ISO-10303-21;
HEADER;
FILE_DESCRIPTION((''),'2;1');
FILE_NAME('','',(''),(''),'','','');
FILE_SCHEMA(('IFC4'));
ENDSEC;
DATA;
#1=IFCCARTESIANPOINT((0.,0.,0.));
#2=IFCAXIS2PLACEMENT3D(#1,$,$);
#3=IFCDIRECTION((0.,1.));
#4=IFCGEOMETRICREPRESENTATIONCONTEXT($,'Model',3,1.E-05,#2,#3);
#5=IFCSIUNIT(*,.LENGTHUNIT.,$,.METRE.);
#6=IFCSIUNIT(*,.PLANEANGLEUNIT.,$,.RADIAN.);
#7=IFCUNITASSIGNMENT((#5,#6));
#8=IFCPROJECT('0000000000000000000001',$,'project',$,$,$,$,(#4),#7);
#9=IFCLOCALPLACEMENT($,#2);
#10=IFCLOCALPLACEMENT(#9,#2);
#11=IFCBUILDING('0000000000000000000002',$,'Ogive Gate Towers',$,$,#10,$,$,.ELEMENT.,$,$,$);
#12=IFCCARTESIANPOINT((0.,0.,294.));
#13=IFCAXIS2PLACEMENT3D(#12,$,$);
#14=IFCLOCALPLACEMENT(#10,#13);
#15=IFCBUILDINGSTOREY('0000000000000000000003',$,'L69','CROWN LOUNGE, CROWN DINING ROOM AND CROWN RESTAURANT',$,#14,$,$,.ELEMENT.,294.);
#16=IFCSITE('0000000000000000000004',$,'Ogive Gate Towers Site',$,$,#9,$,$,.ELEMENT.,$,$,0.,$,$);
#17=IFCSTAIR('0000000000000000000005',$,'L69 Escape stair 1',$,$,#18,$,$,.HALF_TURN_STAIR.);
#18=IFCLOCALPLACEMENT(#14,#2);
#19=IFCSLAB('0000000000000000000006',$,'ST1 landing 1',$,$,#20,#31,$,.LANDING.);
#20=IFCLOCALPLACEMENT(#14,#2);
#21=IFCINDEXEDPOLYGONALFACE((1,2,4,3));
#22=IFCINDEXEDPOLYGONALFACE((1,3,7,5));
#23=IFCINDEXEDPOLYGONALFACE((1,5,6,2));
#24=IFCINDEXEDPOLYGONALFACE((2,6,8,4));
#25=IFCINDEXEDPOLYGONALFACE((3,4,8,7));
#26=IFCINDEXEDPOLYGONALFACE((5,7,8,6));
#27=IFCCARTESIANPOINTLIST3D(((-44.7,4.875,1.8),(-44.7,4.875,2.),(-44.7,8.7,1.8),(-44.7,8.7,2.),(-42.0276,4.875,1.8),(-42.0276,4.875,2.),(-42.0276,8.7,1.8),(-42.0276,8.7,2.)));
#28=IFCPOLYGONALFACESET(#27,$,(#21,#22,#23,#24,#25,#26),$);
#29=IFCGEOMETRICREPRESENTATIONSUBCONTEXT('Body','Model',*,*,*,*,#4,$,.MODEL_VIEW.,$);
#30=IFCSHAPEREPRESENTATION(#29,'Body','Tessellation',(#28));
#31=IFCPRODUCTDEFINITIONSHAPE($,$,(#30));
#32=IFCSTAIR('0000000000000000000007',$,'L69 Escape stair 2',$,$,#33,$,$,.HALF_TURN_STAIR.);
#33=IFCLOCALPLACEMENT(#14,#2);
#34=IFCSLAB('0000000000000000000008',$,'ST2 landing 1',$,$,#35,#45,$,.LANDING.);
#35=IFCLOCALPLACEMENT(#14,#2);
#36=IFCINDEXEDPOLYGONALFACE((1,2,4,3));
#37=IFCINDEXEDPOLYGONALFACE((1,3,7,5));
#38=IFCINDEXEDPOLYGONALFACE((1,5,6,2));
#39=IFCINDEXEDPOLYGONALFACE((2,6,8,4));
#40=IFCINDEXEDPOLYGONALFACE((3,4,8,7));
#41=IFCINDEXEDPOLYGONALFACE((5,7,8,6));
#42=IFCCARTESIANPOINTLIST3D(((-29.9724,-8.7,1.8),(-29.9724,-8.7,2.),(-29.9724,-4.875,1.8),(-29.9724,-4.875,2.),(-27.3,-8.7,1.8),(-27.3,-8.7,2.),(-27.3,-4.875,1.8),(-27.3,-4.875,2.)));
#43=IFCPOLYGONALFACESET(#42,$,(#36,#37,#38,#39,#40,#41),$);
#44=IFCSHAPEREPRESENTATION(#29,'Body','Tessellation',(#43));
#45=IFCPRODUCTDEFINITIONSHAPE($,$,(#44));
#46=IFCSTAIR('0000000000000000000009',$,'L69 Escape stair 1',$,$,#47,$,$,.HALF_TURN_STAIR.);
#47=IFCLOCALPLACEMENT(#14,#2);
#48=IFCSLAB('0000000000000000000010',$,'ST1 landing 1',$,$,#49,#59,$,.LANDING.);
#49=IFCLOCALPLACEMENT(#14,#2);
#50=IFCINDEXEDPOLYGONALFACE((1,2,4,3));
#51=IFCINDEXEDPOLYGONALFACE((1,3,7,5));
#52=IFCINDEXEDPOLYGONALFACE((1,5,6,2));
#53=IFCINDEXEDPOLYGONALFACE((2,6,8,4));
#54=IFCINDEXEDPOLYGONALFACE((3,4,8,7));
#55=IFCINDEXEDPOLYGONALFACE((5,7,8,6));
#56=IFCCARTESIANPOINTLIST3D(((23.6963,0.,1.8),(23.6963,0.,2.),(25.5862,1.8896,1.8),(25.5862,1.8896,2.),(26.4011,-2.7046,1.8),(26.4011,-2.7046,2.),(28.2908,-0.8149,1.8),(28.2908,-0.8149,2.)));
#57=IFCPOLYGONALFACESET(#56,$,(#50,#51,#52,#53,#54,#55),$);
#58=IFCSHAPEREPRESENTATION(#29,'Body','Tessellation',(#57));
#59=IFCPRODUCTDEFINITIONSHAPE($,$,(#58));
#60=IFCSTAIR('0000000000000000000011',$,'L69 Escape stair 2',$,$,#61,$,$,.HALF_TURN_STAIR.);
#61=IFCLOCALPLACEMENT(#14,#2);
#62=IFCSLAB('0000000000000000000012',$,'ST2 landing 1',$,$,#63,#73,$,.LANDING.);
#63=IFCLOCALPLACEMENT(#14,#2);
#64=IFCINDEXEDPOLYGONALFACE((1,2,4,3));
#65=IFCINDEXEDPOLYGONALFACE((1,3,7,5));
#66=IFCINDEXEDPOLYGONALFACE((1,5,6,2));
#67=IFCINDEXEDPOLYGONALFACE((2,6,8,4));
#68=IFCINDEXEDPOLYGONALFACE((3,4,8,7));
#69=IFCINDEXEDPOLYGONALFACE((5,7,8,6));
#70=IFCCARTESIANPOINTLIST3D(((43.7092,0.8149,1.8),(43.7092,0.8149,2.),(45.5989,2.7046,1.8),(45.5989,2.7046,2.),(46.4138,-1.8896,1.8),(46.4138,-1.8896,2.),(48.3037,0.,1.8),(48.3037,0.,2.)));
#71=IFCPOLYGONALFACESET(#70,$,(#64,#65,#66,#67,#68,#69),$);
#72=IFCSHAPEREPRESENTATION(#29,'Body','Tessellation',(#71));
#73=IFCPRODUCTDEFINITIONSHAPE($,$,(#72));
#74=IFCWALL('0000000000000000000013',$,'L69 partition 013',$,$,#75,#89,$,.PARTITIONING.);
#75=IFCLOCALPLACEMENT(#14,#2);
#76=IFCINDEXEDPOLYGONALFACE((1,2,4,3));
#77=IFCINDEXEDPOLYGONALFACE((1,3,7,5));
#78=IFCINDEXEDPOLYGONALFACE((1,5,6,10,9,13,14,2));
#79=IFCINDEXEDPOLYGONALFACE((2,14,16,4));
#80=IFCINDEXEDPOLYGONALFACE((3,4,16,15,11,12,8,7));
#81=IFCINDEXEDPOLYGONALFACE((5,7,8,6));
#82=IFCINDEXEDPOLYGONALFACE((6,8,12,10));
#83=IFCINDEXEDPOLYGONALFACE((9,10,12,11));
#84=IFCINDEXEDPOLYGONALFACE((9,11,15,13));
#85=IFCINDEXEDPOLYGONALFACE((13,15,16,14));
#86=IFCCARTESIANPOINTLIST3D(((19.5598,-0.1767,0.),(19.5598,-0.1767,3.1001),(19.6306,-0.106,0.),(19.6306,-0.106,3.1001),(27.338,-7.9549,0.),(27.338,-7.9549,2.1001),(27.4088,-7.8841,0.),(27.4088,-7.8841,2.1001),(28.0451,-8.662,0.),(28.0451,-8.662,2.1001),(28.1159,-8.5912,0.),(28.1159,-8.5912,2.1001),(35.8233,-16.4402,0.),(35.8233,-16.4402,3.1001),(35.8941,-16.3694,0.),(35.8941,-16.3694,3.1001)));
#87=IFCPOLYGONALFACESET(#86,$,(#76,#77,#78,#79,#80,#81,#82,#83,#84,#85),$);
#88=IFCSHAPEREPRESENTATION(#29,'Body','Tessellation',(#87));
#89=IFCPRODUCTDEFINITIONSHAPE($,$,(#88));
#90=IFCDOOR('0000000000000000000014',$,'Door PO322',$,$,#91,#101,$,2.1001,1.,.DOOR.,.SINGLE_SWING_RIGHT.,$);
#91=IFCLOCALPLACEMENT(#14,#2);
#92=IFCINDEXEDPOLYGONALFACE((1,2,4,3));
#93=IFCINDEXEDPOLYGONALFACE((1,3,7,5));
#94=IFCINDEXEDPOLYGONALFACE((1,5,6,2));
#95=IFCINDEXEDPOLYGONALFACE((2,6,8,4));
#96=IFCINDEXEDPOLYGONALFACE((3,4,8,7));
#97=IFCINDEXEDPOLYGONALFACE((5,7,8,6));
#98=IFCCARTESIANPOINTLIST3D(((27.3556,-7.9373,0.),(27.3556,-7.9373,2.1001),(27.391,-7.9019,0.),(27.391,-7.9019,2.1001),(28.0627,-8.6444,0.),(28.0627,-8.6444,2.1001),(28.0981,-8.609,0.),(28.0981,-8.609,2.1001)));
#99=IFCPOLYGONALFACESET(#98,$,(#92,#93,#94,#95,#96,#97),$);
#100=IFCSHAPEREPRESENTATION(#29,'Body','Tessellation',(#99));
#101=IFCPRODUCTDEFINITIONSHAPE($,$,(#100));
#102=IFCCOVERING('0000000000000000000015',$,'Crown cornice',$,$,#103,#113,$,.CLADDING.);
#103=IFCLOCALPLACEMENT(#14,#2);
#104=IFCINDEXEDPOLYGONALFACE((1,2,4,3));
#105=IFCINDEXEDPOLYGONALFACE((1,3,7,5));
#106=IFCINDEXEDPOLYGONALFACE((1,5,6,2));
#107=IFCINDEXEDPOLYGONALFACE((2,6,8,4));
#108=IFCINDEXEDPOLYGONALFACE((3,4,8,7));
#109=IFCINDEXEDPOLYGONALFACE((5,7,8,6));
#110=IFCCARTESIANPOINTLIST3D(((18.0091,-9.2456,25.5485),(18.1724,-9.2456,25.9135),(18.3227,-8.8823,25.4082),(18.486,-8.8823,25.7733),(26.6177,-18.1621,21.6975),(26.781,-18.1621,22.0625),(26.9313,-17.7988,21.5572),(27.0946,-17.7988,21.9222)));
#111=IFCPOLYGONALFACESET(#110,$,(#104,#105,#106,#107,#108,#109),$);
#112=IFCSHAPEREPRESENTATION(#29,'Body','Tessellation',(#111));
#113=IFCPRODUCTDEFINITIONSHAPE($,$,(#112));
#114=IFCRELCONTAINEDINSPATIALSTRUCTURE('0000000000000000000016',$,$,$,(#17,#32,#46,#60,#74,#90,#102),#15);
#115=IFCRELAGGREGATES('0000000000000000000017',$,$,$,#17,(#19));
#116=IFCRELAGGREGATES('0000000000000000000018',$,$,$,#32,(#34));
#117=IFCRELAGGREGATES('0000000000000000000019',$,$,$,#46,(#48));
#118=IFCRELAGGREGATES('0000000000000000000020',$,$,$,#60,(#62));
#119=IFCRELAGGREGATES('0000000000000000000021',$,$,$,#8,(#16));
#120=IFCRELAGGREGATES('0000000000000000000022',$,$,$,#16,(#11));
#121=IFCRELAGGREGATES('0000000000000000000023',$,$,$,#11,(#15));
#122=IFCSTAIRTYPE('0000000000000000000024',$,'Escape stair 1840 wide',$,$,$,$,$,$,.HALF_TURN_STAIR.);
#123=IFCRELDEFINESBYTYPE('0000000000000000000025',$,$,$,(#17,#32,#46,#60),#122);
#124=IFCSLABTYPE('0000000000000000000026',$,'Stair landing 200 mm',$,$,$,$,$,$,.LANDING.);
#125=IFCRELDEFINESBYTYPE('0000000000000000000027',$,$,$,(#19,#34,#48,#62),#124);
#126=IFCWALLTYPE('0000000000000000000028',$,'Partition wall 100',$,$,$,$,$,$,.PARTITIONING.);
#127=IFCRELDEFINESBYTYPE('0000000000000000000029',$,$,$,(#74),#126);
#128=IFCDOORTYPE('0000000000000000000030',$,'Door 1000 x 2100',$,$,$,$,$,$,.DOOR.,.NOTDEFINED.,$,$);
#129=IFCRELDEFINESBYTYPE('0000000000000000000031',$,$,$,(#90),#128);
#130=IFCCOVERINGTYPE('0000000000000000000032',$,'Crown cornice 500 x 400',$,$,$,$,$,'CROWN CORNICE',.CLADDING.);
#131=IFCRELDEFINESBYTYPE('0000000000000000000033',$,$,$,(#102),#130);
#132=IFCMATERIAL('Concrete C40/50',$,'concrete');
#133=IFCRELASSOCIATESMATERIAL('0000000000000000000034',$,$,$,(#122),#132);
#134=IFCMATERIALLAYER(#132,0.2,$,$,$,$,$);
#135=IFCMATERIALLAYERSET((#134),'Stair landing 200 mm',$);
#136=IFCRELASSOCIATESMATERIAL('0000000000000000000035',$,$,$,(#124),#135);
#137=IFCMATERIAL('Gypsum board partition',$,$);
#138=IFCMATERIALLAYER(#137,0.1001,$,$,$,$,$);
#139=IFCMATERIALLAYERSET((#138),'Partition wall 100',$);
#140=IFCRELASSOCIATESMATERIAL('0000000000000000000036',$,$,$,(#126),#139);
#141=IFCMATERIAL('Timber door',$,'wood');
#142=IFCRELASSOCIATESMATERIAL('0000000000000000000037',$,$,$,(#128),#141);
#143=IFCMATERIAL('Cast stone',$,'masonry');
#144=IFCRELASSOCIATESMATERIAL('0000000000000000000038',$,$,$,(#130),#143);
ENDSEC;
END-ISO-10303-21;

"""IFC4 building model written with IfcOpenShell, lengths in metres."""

from ifc_helpers import new_model, si_unit, direction, frame, frame_2d, origin, origin_2d, place, context, subcontext, project, spatial, polyline, rectangle, outline, extrude, material, layer, layer_set, material_profile, profile_set, type_object, element, fill, aggregate, save


model = new_model("IFC4")

# Units and contexts
model_context = context("Model", 3, precision=1e-05, world=origin(), true_north=direction((0.0, 1.0)))
body_context = subcontext(model_context, "Body", "Model", "MODEL_VIEW")
ifc_project = project(units=[si_unit("LENGTHUNIT", "METRE"), si_unit("PLANEANGLEUNIT", "RADIAN")], contexts=[model_context])

# Site, building, storey
site_placement = place(None, origin())
site = spatial("IfcSite", under=ifc_project, at=site_placement, Name="Ogive Gate Towers Site", CompositionType="ELEMENT", RefElevation=0.0)
building_placement = place(site_placement, origin())
building = spatial("IfcBuilding", under=site, at=building_placement, Name="Ogive Gate Towers", CompositionType="ELEMENT")
storey_placement = place(building_placement, frame((0.0, 0.0, 294.0)))
storey = spatial("IfcBuildingStorey", under=building, at=storey_placement, Name="L69", Description="CROWN LOUNGE, CROWN DINING ROOM AND CROWN RESTAURANT", CompositionType="ELEMENT", Elevation=294.0)

# Shared definitions
ifc_material_1 = material(Name="Concrete C40/50", Category="concrete")

# Stairs, slabs
stair_type = type_object("IfcStairType", Name="Escape stair 1840 wide", PredefinedType="HALF_TURN_STAIR", material=ifc_material_1)
stair_1_placement = place(storey_placement, origin())
stair_1 = element("IfcStair", 1, at=stair_1_placement, inside=storey, type_object=stair_type, Name="L69 Escape stair 1", PredefinedType="HALF_TURN_STAIR")
ifc_layer_1 = layer(ifc_material_1, 0.2)
ifc_layer_set_1 = layer_set([ifc_layer_1], Name="Stair landing 200 mm")
slab_type_1 = type_object("IfcSlabType", Name="Stair landing 200 mm", PredefinedType="LANDING", material=ifc_layer_set_1)
slab_1_placement = place(storey_placement, frame((0.0, 0.0, 1.8)))
slab_1 = element("IfcSlab", 2, at=slab_1_placement, type_object=slab_type_1, Name="ST1 landing 1", PredefinedType="LANDING", context=body_context, shape_type="SweptSolid", body=[
    extrude(outline(polyline([(-42.0276, 8.7), (-44.7, 8.7), (-44.7, 4.875), (-42.0276, 4.875), (-42.0276, 8.7)])), origin(), (0.0, 0.0, 1.0), 0.2),
])
aggregate(stair_1, [slab_1])
stair_2_placement = place(storey_placement, origin())
stair_2 = element("IfcStair", 3, at=stair_2_placement, inside=storey, type_object=stair_type, Name="L69 Escape stair 2", PredefinedType="HALF_TURN_STAIR")
slab_2_placement = place(storey_placement, frame((0.0, 0.0, 1.8)))
slab_2 = element("IfcSlab", 4, at=slab_2_placement, type_object=slab_type_1, Name="ST2 landing 1", PredefinedType="LANDING", context=body_context, shape_type="SweptSolid", body=[
    extrude(outline(polyline([(-29.9724, -8.7), (-27.3, -8.7), (-27.3, -4.875), (-29.9724, -4.875), (-29.9724, -8.7)])), origin(), (0.0, 0.0, 1.0), 0.2),
])
aggregate(stair_2, [slab_2])
stair_3_placement = place(storey_placement, origin())
stair_3 = element("IfcStair", 5, at=stair_3_placement, inside=storey, type_object=stair_type, Name="L69 Escape stair 1", PredefinedType="HALF_TURN_STAIR")
slab_3_placement = place(storey_placement, frame((0.0, 0.0, 1.8)))
slab_3 = element("IfcSlab", 6, at=slab_3_placement, type_object=slab_type_1, Name="ST1 landing 1", PredefinedType="LANDING", context=body_context, shape_type="SweptSolid", body=[
    extrude(outline(polyline([(25.5862, 1.8896), (23.6963, 0.0), (26.4011, -2.7046), (28.2908, -0.8149), (25.5862, 1.8896)])), origin(), (0.0, 0.0, 1.0), 0.2),
])
aggregate(stair_3, [slab_3])
stair_4_placement = place(storey_placement, origin())
stair_4 = element("IfcStair", 7, at=stair_4_placement, inside=storey, type_object=stair_type, Name="L69 Escape stair 2", PredefinedType="HALF_TURN_STAIR")
slab_4_placement = place(storey_placement, frame((0.0, 0.0, 1.8)))
slab_4 = element("IfcSlab", 8, at=slab_4_placement, type_object=slab_type_1, Name="ST2 landing 1", PredefinedType="LANDING", context=body_context, shape_type="SweptSolid", body=[
    extrude(outline(polyline([(46.4138, -1.8896), (48.3037, 0.0), (45.5989, 2.7046), (43.7092, 0.8149), (46.4138, -1.8896)])), origin(), (0.0, 0.0, 1.0), 0.2),
])
aggregate(stair_4, [slab_4])

# Wall, opening, door
ifc_material_2 = material(Name="Gypsum board partition")
ifc_layer_2 = layer(ifc_material_2, 0.1001)
ifc_layer_set_2 = layer_set([ifc_layer_2], Name="Partition wall 100")
wall_type = type_object("IfcWallType", Name="Partition wall 100", PredefinedType="PARTITIONING", material=ifc_layer_set_2)
wall_placement = place(storey_placement, frame((19.5952, -0.1414, 0.0), z_axis=(0.0, 0.0, 1.0), x_axis=(0.707107, -0.707107, 0.0)))
wall = element("IfcWall", 9, at=wall_placement, inside=storey, type_object=wall_type, Name="L69 partition 013", PredefinedType="PARTITIONING", context=body_context, shape_type="SweptSolid", body=[
    extrude(rectangle(XDim=23.0, YDim=0.1001, at=frame_2d((11.5, 0.0))), origin(), (0.0, 0.0, 1.0), 3.1001),
])
opening_placement = place(wall_placement, frame((11.0, 0.0, 0.0)))
opening = element("IfcOpeningElement", 10, at=opening_placement, cuts=wall, PredefinedType="OPENING", context=body_context, shape_type="SweptSolid", body=[
    extrude(rectangle(XDim=1.0, YDim=2.1001, at=frame_2d((0.5, 1.05))), frame((0.0, 0.0601, 0.0), z_axis=(0.0, -1.0, 0.0), x_axis=(1.0, 0.0, 0.0)), (0.0, 0.0, 1.0), 0.1201),
])
ifc_material_3 = material(Name="Timber door", Category="wood")
door_type = type_object("IfcDoorType", Name="Door 1000 x 2100", OperationType="NOTDEFINED", PredefinedType="DOOR", material=ifc_material_3)
door_placement = place(opening_placement, origin())
door = element("IfcDoor", 11, at=door_placement, inside=storey, type_object=door_type, Name="Door PO322", OperationType="SINGLE_SWING_RIGHT", OverallHeight=2.1001, OverallWidth=1.0, PredefinedType="DOOR", context=body_context, shape_type="SweptSolid", body=[
    extrude(rectangle(XDim=1.0, YDim=2.1001, at=frame_2d((0.5, 1.05))), frame((0.0, 0.0249, 0.0), z_axis=(0.0, -1.0, 0.0), x_axis=(1.0, 0.0, 0.0)), (0.0, 0.0, 1.0), 0.05),
])
fill(opening, door)

# Covering
ifc_material_4 = material(Name="Cast stone", Category="masonry")
ifc_material_profile_1 = material_profile(ifc_material_4, rectangle(XDim=0.5, YDim=0.3999, at=origin_2d()), Name="500 x 400 cast stone")
ifc_profile_set_1 = profile_set([ifc_material_profile_1], Name="Cast stone")
covering_type = type_object("IfcCoveringType", Name="Crown cornice 500 x 400", ElementType="CROWN CORNICE", PredefinedType="CLADDING", material=ifc_profile_set_1)
covering_placement = place(storey_placement, frame((18.2476, -9.064, 25.6609), z_axis=(0.663296, -0.687017, -0.296725), x_axis=(-0.62712, -0.726641, 0.280559)))
element("IfcCovering", 12, at=covering_placement, inside=storey, type_object=covering_type, Name="Crown cornice", PredefinedType="CLADDING", context=body_context, shape_type="SweptSolid", body=[
    extrude(rectangle(XDim=0.5, YDim=0.3999, at=origin_2d()), origin(), (0.0, 0.0, 1.0), 12.9785),
])

save(model, "model.ifc")
